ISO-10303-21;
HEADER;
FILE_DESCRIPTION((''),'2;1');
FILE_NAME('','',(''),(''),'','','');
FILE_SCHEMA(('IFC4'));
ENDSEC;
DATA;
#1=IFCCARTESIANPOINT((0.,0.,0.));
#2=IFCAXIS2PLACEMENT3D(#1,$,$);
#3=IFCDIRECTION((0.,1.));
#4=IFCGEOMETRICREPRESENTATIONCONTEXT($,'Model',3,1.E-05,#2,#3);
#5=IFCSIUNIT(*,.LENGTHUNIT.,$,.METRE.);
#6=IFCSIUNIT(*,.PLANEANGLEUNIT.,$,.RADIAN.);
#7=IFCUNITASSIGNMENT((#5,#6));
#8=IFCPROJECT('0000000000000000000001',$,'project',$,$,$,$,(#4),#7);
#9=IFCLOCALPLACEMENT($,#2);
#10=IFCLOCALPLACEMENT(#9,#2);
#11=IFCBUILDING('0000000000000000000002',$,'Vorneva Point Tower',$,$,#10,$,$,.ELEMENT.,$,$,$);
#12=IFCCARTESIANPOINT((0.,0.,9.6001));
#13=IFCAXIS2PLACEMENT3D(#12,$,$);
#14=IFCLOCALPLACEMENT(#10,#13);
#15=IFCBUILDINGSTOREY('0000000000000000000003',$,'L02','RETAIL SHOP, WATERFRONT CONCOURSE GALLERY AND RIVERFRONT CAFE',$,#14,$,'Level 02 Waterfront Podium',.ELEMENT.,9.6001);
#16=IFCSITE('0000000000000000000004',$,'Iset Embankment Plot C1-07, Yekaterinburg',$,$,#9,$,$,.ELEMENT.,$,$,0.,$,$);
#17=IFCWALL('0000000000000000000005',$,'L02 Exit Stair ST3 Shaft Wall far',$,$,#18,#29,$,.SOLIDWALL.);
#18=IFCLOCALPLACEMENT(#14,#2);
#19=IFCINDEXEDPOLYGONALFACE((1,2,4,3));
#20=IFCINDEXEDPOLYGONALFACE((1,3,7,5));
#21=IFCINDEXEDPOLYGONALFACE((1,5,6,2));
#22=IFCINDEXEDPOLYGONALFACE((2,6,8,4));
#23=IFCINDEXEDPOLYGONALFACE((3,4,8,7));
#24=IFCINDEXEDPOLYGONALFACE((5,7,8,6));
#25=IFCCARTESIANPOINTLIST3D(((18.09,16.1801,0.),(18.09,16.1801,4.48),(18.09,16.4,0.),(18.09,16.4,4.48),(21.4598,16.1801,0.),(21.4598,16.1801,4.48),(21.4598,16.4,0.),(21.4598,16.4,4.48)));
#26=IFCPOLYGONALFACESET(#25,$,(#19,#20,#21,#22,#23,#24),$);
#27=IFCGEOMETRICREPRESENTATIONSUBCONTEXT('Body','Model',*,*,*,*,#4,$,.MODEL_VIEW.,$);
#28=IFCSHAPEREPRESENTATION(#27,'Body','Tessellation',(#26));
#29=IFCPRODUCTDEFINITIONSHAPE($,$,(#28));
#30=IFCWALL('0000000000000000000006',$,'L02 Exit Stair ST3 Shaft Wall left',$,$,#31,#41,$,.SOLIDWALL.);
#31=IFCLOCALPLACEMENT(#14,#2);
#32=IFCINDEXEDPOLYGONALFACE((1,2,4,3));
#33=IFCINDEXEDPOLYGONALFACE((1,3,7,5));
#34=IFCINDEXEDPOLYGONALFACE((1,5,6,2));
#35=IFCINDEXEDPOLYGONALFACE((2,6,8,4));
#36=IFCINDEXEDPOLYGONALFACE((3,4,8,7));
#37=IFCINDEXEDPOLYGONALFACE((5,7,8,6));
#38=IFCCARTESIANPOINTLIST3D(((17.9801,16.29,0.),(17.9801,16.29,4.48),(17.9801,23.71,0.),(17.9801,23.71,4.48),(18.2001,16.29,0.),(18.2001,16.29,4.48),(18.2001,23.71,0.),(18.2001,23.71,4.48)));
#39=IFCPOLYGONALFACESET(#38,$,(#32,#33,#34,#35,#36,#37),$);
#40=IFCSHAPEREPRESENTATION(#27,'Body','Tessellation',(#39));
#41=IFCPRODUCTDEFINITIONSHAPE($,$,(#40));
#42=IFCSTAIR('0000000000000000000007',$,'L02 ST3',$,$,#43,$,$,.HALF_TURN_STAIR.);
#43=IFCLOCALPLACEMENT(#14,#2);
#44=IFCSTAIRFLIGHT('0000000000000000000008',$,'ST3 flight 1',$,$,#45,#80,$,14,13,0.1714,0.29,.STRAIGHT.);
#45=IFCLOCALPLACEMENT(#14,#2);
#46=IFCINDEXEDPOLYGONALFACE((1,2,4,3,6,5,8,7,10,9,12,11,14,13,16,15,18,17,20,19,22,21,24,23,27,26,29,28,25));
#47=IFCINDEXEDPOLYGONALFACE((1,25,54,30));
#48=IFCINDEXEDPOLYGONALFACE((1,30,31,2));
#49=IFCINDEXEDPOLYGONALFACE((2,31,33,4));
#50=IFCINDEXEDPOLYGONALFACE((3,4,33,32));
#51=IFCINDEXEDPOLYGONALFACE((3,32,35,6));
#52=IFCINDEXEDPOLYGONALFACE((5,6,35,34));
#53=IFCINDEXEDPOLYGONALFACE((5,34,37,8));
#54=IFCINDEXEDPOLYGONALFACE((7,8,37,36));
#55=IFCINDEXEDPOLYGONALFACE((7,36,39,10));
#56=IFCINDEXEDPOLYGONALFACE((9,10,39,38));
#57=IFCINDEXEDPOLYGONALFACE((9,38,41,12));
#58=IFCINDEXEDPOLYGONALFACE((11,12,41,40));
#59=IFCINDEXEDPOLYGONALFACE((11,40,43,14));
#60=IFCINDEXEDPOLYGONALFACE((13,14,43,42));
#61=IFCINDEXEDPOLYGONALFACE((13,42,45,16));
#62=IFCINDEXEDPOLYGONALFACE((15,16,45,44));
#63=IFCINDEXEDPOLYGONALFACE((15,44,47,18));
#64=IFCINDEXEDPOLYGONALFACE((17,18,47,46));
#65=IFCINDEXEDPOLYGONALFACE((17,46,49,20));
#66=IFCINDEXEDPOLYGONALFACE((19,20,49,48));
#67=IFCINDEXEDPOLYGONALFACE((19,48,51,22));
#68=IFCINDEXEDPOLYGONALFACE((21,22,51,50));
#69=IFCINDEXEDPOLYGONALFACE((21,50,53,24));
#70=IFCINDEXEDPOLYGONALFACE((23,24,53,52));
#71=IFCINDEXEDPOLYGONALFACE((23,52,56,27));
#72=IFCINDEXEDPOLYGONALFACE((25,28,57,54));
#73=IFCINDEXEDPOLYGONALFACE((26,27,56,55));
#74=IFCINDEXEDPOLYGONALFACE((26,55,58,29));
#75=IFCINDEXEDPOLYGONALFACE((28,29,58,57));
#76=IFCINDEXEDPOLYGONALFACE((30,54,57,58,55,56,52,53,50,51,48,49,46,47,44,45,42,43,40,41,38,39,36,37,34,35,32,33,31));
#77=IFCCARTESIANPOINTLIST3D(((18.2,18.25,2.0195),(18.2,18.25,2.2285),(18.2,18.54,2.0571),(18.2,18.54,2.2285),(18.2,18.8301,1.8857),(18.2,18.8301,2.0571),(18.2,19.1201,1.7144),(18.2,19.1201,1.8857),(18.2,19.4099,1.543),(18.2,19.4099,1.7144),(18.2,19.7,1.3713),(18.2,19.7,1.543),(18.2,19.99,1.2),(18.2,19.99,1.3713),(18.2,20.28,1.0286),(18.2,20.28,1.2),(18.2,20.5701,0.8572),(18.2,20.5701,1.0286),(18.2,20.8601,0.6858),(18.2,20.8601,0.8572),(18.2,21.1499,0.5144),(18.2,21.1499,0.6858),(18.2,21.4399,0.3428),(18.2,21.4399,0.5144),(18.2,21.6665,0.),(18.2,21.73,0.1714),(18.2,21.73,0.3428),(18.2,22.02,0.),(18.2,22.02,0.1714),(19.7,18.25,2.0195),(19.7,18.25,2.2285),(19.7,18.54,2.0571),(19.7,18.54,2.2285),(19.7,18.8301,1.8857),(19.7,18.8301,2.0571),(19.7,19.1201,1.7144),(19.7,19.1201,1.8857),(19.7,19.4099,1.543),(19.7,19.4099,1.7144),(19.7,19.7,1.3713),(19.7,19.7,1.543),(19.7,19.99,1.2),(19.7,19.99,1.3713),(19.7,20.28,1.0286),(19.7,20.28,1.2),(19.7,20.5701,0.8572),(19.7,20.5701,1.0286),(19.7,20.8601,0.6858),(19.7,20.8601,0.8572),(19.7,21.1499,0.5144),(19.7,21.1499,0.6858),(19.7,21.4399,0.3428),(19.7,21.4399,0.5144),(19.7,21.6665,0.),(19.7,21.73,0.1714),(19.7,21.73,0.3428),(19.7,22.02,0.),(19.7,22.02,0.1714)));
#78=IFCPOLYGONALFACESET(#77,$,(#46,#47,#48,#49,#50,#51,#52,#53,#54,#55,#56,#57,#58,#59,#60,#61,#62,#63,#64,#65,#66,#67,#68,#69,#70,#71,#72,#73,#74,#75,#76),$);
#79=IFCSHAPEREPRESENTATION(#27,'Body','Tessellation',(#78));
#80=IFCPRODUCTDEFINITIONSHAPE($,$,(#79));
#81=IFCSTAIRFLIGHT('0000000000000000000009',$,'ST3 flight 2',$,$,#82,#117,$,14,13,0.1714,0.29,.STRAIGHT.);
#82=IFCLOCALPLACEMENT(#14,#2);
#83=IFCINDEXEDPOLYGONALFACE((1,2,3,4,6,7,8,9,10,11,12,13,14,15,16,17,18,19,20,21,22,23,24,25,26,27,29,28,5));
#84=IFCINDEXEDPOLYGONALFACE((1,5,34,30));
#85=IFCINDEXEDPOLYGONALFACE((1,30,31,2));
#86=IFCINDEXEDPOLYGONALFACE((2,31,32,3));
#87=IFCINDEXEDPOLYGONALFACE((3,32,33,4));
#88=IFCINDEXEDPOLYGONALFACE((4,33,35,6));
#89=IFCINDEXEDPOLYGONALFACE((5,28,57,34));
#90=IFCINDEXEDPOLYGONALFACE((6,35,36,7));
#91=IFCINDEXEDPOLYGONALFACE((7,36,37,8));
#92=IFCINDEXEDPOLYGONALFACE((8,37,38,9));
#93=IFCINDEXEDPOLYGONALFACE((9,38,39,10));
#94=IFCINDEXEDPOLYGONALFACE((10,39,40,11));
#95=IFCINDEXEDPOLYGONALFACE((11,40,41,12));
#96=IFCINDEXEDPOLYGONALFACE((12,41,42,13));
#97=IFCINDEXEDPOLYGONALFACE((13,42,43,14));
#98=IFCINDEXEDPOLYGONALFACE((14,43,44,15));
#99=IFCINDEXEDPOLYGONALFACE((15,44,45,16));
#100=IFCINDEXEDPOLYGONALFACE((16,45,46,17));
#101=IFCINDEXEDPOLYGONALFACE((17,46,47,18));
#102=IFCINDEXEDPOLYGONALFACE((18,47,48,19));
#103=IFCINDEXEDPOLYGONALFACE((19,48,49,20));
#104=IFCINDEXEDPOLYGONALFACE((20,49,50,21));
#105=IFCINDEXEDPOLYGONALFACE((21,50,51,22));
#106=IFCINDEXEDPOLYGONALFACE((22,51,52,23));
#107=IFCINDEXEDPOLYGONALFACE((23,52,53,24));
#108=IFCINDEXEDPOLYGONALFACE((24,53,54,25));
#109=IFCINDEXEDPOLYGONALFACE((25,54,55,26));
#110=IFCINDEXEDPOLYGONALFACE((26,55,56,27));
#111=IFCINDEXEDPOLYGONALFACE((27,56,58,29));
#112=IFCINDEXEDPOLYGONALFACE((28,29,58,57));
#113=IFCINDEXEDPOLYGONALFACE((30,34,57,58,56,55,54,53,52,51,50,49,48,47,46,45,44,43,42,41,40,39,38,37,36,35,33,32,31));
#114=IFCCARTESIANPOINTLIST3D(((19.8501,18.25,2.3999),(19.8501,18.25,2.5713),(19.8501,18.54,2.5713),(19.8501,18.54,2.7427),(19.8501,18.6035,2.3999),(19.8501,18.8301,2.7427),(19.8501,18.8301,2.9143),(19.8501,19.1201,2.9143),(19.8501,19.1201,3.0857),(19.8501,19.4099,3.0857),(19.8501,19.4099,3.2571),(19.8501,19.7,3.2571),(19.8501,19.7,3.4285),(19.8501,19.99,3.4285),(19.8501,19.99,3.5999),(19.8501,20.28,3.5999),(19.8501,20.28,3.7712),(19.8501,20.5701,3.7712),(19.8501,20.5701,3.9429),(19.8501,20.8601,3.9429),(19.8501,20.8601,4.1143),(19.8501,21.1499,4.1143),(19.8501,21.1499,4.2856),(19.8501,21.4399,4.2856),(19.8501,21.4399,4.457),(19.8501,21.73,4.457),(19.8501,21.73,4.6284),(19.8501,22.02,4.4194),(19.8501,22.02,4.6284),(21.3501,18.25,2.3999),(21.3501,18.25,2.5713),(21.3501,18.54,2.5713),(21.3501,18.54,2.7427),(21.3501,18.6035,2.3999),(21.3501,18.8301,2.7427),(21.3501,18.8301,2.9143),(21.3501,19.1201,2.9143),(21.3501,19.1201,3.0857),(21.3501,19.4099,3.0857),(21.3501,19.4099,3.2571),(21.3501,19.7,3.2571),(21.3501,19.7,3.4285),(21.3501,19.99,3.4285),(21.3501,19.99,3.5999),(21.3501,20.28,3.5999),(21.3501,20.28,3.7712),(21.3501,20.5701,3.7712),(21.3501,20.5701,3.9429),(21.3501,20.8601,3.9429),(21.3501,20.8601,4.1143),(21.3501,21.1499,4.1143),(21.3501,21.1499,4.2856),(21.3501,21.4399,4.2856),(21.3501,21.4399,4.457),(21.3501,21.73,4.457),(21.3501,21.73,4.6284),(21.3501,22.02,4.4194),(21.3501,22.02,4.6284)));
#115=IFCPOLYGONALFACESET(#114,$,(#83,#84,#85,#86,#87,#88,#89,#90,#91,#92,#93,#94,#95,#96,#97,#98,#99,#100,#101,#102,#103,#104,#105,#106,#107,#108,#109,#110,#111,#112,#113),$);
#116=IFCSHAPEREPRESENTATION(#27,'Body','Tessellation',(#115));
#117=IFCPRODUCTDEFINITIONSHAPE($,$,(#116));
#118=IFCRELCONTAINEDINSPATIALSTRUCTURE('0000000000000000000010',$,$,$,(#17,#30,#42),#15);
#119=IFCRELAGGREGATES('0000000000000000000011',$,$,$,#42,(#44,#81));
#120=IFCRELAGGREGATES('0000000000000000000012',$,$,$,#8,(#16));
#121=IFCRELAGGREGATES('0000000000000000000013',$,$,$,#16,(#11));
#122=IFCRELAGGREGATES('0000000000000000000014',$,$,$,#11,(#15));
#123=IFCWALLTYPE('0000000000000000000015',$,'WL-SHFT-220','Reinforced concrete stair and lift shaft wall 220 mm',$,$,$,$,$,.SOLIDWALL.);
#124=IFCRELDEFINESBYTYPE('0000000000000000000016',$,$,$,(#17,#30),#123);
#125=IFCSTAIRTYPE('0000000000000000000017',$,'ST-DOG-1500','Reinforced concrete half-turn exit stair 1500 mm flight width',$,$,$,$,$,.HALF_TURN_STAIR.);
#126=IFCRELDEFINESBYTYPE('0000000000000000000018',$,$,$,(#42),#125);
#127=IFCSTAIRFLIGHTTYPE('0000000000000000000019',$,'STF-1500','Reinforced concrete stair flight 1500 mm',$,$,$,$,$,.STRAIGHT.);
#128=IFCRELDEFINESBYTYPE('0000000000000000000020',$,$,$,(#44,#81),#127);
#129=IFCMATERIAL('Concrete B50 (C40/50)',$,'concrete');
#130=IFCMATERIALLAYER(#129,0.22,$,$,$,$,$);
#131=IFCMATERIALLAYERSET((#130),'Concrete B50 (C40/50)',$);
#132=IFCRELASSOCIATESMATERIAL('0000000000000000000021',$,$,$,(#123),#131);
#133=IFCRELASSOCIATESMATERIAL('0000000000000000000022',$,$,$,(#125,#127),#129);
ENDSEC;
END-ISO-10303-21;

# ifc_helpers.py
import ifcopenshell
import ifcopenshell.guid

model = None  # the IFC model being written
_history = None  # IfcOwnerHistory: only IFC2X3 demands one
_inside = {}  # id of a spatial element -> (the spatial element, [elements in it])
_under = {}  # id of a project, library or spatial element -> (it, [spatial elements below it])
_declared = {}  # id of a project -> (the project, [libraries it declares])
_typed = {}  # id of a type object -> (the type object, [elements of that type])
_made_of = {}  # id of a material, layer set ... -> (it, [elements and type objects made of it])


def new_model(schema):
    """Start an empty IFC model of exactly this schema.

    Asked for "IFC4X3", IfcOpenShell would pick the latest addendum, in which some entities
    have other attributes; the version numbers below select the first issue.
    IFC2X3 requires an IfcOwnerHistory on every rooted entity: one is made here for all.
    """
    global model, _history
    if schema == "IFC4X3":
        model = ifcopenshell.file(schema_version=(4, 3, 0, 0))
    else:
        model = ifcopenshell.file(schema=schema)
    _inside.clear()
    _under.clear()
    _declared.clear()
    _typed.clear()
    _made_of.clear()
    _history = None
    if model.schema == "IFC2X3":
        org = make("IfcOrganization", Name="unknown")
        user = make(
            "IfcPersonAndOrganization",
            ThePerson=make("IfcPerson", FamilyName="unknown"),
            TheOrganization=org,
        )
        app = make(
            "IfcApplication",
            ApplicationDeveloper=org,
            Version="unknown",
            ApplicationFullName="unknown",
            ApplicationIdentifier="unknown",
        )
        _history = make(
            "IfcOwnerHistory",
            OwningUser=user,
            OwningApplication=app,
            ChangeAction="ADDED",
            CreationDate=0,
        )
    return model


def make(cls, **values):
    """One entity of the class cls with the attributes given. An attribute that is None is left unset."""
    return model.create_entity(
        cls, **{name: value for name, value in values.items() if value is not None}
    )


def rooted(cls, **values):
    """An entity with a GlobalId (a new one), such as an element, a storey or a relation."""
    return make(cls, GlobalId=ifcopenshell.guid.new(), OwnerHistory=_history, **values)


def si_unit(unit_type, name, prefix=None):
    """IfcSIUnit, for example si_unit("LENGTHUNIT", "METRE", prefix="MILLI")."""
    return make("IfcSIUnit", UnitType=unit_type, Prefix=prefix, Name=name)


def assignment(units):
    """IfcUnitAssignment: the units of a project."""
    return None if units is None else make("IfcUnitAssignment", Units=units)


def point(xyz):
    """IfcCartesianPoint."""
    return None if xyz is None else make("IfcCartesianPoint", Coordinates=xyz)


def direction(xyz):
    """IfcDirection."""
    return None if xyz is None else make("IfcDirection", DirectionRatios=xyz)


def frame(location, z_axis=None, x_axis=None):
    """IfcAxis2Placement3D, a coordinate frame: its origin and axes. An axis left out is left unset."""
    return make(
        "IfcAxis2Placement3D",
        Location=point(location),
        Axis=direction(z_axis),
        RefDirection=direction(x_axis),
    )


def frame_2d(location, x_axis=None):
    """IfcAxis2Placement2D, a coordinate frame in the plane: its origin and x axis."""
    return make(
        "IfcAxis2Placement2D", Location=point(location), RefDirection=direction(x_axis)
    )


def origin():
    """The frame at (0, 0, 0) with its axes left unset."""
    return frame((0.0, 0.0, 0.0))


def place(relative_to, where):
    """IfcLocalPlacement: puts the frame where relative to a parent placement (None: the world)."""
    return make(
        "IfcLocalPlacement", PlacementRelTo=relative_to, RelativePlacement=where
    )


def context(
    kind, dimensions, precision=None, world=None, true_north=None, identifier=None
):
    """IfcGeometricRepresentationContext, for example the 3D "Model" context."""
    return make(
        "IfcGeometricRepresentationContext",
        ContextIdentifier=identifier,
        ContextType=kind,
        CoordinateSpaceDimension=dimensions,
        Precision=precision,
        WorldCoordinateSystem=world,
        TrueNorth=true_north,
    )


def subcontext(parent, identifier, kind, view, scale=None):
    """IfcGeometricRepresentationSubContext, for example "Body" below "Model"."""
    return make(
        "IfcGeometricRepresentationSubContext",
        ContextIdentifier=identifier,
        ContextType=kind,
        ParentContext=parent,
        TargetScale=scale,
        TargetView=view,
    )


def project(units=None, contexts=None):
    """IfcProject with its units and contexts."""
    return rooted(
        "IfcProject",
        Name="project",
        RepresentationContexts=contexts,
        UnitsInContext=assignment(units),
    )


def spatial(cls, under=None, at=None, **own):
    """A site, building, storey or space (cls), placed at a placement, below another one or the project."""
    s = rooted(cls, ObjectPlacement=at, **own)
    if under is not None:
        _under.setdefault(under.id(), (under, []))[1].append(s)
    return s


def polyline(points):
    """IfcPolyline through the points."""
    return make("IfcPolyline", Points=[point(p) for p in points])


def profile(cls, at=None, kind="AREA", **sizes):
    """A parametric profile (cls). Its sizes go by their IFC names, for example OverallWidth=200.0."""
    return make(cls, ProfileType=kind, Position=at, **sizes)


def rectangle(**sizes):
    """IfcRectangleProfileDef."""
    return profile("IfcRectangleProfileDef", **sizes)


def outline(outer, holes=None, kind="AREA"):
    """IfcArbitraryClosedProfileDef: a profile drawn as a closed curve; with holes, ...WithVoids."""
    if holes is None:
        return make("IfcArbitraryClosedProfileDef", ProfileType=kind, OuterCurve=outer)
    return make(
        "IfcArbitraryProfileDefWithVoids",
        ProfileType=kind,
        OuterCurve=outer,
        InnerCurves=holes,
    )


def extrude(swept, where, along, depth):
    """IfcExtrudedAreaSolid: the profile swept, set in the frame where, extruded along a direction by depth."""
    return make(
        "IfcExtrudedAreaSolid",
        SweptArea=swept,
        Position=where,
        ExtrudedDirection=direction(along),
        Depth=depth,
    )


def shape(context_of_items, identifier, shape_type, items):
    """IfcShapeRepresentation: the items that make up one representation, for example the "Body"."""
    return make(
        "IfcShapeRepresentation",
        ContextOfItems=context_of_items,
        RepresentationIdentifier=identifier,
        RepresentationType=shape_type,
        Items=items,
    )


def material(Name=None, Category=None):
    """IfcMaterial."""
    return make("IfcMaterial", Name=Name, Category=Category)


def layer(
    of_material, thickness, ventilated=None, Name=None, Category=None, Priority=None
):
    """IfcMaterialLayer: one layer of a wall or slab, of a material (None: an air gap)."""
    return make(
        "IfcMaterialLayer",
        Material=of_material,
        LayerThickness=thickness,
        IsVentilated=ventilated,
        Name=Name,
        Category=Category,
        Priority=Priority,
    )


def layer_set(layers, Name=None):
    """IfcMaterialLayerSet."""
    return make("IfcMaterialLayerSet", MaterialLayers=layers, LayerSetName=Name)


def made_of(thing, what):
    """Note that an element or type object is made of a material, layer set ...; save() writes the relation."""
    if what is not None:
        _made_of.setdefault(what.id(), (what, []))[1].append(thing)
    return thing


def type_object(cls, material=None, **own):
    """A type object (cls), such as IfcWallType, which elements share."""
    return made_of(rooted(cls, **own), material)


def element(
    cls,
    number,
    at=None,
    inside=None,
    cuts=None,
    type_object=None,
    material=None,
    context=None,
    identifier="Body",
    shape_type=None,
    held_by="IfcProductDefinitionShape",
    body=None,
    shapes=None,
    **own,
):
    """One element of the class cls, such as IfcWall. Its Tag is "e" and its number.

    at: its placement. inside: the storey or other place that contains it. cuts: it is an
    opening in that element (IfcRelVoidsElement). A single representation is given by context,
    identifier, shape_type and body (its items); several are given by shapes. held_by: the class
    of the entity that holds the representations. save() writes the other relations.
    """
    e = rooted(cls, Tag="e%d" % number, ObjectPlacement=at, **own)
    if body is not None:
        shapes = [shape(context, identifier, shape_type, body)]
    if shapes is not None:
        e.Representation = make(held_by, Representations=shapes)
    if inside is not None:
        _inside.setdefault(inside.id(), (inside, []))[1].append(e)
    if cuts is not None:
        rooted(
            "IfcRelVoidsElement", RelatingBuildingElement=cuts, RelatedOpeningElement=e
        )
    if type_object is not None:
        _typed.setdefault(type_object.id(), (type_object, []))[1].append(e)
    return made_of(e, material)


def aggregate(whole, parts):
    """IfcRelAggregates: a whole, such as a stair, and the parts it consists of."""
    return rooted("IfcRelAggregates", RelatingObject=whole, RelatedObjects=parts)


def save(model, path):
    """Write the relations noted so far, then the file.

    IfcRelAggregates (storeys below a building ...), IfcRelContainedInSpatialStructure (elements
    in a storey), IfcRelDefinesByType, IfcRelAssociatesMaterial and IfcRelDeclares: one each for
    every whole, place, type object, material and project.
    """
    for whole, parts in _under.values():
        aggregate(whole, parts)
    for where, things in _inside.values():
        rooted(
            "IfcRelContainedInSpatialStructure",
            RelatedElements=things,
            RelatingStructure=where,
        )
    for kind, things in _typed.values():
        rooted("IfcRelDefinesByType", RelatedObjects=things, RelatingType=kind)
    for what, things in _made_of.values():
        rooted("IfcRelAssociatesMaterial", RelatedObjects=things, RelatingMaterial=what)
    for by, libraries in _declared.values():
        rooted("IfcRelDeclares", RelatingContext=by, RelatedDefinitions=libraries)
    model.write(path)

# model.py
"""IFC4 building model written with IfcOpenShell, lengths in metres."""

from ifc_helpers import new_model, si_unit, direction, frame, frame_2d, origin, place, context, subcontext, project, spatial, polyline, rectangle, outline, extrude, material, layer, layer_set, type_object, element, aggregate, save


model = new_model("IFC4")

# Units and contexts
model_context = context("Model", 3, precision=1e-05, world=origin(), true_north=direction((0.0, 1.0)))
body_context = subcontext(model_context, "Body", "Model", "MODEL_VIEW")
ifc_project = project(units=[si_unit("LENGTHUNIT", "METRE"), si_unit("PLANEANGLEUNIT", "RADIAN")], contexts=[model_context])

# Site, building, storey
site_placement = place(None, origin())
site = spatial("IfcSite", under=ifc_project, at=site_placement, Name="Iset Embankment Plot C1-07, Yekaterinburg", CompositionType="ELEMENT", RefElevation=0.0)
building_placement = place(site_placement, origin())
building = spatial("IfcBuilding", under=site, at=building_placement, Name="Vorneva Point Tower", CompositionType="ELEMENT")
storey_placement = place(building_placement, frame((0.0, 0.0, 9.6001)))
storey = spatial("IfcBuildingStorey", under=building, at=storey_placement, Name="L02", Description="RETAIL SHOP, WATERFRONT CONCOURSE GALLERY AND RIVERFRONT CAFE", LongName="Level 02 Waterfront Podium", CompositionType="ELEMENT", Elevation=9.6001)

# Shared definitions
ifc_material_1 = material(Name="Concrete B50 (C40/50)", Category="concrete")
ifc_layer_1 = layer(ifc_material_1, 0.22)
ifc_layer_set_1 = layer_set([ifc_layer_1], Name="Concrete B50 (C40/50)")
wall_type_1 = type_object("IfcWallType", Name="WL-SHFT-220", Description="Reinforced concrete stair and lift shaft wall 220 mm", PredefinedType="SOLIDWALL", material=ifc_layer_set_1)

# Walls
wall_1_placement = place(storey_placement, frame((21.46, 16.29, 0.0), z_axis=(0.0, 0.0, 1.0), x_axis=(-1.0, 0.0, 0.0)))
element("IfcWall", 1, at=wall_1_placement, inside=storey, type_object=wall_type_1, Name="L02 Exit Stair ST3 Shaft Wall far", PredefinedType="SOLIDWALL", context=body_context, shape_type="SweptSolid", body=[
    extrude(rectangle(XDim=3.3699, YDim=0.22, at=frame_2d((1.6851, 0.0))), origin(), (0.0, 0.0, 1.0), 4.48),
])
wall_2_placement = place(storey_placement, frame((18.0901, 16.29, 0.0), z_axis=(0.0, 0.0, 1.0), x_axis=(0.0, 1.0, 0.0)))
element("IfcWall", 2, at=wall_2_placement, inside=storey, type_object=wall_type_1, Name="L02 Exit Stair ST3 Shaft Wall left", PredefinedType="SOLIDWALL", context=body_context, shape_type="SweptSolid", body=[
    extrude(rectangle(XDim=7.4199, YDim=0.22, at=frame_2d((3.71, 0.0))), origin(), (0.0, 0.0, 1.0), 4.48),
])

# Stair, stair flights
stair_type = type_object("IfcStairType", Name="ST-DOG-1500", Description="Reinforced concrete half-turn exit stair 1500 mm flight width", PredefinedType="HALF_TURN_STAIR", material=ifc_material_1)
stair_placement = place(storey_placement, origin())
stair = element("IfcStair", 3, at=stair_placement, inside=storey, type_object=stair_type, Name="L02 ST3", PredefinedType="HALF_TURN_STAIR")
stair_flight_type = type_object("IfcStairFlightType", Name="STF-1500", Description="Reinforced concrete stair flight 1500 mm", PredefinedType="STRAIGHT", material=ifc_material_1)
stair_flight_1_placement = place(storey_placement, frame((18.95, 22.02, 0.0), z_axis=(0.0, 0.0, 1.0), x_axis=(0.0, -1.0, 0.0)))
stair_flight_1 = element("IfcStairFlight", 4, at=stair_flight_1_placement, type_object=stair_flight_type, Name="ST3 flight 1", NumberOfRisers=14, NumberOfTreads=13, PredefinedType="STRAIGHT", RiserHeight=0.1714, TreadLength=0.29, context=body_context, shape_type="SweptSolid", body=[
    extrude(outline(polyline([(0.0, 0.0), (0.0, 0.1714), (0.29, 0.1714), (0.29, 0.3428), (0.5801, 0.3428), (0.5801, 0.5144), (0.8701, 0.5144), (0.8701, 0.6858), (1.1599, 0.6858), (1.1599, 0.8572), (1.45, 0.8572), (1.45, 1.0286), (1.74, 1.0286), (1.74, 1.2), (2.03, 1.2), (2.03, 1.3713), (2.3201, 1.3713), (2.3201, 1.543), (2.6101, 1.543), (2.6101, 1.7144), (2.8999, 1.7144), (2.8999, 1.8857), (3.1899, 1.8857), (3.1899, 2.0571), (3.48, 2.0571), (3.48, 2.2285), (3.77, 2.2285), (3.77, 2.3999), (3.77, 2.0195), (0.3535, 0.0), (0.0, 0.0)])), frame((0.0, 0.75, 0.0), z_axis=(0.0, -1.0, 0.0), x_axis=(1.0, 0.0, 0.0)), (0.0, 0.0, 1.0), 1.5),
])
stair_flight_2_placement = place(storey_placement, frame((20.6001, 18.25, 2.3999), z_axis=(0.0, 0.0, 1.0), x_axis=(0.0, 1.0, 0.0)))
stair_flight_2 = element("IfcStairFlight", 5, at=stair_flight_2_placement, type_object=stair_flight_type, Name="ST3 flight 2", NumberOfRisers=14, NumberOfTreads=13, PredefinedType="STRAIGHT", RiserHeight=0.1714, TreadLength=0.29, context=body_context, shape_type="SweptSolid", body=[
    extrude(outline(polyline([(0.0, 0.0), (0.0, 0.1714), (0.29, 0.1714), (0.29, 0.3428), (0.5801, 0.3428), (0.5801, 0.5144), (0.8701, 0.5144), (0.8701, 0.6858), (1.1599, 0.6858), (1.1599, 0.8572), (1.45, 0.8572), (1.45, 1.0286), (1.74, 1.0286), (1.74, 1.2), (2.03, 1.2), (2.03, 1.3713), (2.3201, 1.3713), (2.3201, 1.543), (2.6101, 1.543), (2.6101, 1.7144), (2.8999, 1.7144), (2.8999, 1.8857), (3.1899, 1.8857), (3.1899, 2.0571), (3.48, 2.0571), (3.48, 2.2285), (3.77, 2.2285), (3.77, 2.3999), (3.77, 2.0195), (0.3535, 0.0), (0.0, 0.0)])), frame((0.0, 0.75, 0.0), z_axis=(0.0, -1.0, 0.0), x_axis=(1.0, 0.0, 0.0)), (0.0, 0.0, 1.0), 1.5),
])
aggregate(stair, [stair_flight_1, stair_flight_2])

save(model, "model.ifc")
